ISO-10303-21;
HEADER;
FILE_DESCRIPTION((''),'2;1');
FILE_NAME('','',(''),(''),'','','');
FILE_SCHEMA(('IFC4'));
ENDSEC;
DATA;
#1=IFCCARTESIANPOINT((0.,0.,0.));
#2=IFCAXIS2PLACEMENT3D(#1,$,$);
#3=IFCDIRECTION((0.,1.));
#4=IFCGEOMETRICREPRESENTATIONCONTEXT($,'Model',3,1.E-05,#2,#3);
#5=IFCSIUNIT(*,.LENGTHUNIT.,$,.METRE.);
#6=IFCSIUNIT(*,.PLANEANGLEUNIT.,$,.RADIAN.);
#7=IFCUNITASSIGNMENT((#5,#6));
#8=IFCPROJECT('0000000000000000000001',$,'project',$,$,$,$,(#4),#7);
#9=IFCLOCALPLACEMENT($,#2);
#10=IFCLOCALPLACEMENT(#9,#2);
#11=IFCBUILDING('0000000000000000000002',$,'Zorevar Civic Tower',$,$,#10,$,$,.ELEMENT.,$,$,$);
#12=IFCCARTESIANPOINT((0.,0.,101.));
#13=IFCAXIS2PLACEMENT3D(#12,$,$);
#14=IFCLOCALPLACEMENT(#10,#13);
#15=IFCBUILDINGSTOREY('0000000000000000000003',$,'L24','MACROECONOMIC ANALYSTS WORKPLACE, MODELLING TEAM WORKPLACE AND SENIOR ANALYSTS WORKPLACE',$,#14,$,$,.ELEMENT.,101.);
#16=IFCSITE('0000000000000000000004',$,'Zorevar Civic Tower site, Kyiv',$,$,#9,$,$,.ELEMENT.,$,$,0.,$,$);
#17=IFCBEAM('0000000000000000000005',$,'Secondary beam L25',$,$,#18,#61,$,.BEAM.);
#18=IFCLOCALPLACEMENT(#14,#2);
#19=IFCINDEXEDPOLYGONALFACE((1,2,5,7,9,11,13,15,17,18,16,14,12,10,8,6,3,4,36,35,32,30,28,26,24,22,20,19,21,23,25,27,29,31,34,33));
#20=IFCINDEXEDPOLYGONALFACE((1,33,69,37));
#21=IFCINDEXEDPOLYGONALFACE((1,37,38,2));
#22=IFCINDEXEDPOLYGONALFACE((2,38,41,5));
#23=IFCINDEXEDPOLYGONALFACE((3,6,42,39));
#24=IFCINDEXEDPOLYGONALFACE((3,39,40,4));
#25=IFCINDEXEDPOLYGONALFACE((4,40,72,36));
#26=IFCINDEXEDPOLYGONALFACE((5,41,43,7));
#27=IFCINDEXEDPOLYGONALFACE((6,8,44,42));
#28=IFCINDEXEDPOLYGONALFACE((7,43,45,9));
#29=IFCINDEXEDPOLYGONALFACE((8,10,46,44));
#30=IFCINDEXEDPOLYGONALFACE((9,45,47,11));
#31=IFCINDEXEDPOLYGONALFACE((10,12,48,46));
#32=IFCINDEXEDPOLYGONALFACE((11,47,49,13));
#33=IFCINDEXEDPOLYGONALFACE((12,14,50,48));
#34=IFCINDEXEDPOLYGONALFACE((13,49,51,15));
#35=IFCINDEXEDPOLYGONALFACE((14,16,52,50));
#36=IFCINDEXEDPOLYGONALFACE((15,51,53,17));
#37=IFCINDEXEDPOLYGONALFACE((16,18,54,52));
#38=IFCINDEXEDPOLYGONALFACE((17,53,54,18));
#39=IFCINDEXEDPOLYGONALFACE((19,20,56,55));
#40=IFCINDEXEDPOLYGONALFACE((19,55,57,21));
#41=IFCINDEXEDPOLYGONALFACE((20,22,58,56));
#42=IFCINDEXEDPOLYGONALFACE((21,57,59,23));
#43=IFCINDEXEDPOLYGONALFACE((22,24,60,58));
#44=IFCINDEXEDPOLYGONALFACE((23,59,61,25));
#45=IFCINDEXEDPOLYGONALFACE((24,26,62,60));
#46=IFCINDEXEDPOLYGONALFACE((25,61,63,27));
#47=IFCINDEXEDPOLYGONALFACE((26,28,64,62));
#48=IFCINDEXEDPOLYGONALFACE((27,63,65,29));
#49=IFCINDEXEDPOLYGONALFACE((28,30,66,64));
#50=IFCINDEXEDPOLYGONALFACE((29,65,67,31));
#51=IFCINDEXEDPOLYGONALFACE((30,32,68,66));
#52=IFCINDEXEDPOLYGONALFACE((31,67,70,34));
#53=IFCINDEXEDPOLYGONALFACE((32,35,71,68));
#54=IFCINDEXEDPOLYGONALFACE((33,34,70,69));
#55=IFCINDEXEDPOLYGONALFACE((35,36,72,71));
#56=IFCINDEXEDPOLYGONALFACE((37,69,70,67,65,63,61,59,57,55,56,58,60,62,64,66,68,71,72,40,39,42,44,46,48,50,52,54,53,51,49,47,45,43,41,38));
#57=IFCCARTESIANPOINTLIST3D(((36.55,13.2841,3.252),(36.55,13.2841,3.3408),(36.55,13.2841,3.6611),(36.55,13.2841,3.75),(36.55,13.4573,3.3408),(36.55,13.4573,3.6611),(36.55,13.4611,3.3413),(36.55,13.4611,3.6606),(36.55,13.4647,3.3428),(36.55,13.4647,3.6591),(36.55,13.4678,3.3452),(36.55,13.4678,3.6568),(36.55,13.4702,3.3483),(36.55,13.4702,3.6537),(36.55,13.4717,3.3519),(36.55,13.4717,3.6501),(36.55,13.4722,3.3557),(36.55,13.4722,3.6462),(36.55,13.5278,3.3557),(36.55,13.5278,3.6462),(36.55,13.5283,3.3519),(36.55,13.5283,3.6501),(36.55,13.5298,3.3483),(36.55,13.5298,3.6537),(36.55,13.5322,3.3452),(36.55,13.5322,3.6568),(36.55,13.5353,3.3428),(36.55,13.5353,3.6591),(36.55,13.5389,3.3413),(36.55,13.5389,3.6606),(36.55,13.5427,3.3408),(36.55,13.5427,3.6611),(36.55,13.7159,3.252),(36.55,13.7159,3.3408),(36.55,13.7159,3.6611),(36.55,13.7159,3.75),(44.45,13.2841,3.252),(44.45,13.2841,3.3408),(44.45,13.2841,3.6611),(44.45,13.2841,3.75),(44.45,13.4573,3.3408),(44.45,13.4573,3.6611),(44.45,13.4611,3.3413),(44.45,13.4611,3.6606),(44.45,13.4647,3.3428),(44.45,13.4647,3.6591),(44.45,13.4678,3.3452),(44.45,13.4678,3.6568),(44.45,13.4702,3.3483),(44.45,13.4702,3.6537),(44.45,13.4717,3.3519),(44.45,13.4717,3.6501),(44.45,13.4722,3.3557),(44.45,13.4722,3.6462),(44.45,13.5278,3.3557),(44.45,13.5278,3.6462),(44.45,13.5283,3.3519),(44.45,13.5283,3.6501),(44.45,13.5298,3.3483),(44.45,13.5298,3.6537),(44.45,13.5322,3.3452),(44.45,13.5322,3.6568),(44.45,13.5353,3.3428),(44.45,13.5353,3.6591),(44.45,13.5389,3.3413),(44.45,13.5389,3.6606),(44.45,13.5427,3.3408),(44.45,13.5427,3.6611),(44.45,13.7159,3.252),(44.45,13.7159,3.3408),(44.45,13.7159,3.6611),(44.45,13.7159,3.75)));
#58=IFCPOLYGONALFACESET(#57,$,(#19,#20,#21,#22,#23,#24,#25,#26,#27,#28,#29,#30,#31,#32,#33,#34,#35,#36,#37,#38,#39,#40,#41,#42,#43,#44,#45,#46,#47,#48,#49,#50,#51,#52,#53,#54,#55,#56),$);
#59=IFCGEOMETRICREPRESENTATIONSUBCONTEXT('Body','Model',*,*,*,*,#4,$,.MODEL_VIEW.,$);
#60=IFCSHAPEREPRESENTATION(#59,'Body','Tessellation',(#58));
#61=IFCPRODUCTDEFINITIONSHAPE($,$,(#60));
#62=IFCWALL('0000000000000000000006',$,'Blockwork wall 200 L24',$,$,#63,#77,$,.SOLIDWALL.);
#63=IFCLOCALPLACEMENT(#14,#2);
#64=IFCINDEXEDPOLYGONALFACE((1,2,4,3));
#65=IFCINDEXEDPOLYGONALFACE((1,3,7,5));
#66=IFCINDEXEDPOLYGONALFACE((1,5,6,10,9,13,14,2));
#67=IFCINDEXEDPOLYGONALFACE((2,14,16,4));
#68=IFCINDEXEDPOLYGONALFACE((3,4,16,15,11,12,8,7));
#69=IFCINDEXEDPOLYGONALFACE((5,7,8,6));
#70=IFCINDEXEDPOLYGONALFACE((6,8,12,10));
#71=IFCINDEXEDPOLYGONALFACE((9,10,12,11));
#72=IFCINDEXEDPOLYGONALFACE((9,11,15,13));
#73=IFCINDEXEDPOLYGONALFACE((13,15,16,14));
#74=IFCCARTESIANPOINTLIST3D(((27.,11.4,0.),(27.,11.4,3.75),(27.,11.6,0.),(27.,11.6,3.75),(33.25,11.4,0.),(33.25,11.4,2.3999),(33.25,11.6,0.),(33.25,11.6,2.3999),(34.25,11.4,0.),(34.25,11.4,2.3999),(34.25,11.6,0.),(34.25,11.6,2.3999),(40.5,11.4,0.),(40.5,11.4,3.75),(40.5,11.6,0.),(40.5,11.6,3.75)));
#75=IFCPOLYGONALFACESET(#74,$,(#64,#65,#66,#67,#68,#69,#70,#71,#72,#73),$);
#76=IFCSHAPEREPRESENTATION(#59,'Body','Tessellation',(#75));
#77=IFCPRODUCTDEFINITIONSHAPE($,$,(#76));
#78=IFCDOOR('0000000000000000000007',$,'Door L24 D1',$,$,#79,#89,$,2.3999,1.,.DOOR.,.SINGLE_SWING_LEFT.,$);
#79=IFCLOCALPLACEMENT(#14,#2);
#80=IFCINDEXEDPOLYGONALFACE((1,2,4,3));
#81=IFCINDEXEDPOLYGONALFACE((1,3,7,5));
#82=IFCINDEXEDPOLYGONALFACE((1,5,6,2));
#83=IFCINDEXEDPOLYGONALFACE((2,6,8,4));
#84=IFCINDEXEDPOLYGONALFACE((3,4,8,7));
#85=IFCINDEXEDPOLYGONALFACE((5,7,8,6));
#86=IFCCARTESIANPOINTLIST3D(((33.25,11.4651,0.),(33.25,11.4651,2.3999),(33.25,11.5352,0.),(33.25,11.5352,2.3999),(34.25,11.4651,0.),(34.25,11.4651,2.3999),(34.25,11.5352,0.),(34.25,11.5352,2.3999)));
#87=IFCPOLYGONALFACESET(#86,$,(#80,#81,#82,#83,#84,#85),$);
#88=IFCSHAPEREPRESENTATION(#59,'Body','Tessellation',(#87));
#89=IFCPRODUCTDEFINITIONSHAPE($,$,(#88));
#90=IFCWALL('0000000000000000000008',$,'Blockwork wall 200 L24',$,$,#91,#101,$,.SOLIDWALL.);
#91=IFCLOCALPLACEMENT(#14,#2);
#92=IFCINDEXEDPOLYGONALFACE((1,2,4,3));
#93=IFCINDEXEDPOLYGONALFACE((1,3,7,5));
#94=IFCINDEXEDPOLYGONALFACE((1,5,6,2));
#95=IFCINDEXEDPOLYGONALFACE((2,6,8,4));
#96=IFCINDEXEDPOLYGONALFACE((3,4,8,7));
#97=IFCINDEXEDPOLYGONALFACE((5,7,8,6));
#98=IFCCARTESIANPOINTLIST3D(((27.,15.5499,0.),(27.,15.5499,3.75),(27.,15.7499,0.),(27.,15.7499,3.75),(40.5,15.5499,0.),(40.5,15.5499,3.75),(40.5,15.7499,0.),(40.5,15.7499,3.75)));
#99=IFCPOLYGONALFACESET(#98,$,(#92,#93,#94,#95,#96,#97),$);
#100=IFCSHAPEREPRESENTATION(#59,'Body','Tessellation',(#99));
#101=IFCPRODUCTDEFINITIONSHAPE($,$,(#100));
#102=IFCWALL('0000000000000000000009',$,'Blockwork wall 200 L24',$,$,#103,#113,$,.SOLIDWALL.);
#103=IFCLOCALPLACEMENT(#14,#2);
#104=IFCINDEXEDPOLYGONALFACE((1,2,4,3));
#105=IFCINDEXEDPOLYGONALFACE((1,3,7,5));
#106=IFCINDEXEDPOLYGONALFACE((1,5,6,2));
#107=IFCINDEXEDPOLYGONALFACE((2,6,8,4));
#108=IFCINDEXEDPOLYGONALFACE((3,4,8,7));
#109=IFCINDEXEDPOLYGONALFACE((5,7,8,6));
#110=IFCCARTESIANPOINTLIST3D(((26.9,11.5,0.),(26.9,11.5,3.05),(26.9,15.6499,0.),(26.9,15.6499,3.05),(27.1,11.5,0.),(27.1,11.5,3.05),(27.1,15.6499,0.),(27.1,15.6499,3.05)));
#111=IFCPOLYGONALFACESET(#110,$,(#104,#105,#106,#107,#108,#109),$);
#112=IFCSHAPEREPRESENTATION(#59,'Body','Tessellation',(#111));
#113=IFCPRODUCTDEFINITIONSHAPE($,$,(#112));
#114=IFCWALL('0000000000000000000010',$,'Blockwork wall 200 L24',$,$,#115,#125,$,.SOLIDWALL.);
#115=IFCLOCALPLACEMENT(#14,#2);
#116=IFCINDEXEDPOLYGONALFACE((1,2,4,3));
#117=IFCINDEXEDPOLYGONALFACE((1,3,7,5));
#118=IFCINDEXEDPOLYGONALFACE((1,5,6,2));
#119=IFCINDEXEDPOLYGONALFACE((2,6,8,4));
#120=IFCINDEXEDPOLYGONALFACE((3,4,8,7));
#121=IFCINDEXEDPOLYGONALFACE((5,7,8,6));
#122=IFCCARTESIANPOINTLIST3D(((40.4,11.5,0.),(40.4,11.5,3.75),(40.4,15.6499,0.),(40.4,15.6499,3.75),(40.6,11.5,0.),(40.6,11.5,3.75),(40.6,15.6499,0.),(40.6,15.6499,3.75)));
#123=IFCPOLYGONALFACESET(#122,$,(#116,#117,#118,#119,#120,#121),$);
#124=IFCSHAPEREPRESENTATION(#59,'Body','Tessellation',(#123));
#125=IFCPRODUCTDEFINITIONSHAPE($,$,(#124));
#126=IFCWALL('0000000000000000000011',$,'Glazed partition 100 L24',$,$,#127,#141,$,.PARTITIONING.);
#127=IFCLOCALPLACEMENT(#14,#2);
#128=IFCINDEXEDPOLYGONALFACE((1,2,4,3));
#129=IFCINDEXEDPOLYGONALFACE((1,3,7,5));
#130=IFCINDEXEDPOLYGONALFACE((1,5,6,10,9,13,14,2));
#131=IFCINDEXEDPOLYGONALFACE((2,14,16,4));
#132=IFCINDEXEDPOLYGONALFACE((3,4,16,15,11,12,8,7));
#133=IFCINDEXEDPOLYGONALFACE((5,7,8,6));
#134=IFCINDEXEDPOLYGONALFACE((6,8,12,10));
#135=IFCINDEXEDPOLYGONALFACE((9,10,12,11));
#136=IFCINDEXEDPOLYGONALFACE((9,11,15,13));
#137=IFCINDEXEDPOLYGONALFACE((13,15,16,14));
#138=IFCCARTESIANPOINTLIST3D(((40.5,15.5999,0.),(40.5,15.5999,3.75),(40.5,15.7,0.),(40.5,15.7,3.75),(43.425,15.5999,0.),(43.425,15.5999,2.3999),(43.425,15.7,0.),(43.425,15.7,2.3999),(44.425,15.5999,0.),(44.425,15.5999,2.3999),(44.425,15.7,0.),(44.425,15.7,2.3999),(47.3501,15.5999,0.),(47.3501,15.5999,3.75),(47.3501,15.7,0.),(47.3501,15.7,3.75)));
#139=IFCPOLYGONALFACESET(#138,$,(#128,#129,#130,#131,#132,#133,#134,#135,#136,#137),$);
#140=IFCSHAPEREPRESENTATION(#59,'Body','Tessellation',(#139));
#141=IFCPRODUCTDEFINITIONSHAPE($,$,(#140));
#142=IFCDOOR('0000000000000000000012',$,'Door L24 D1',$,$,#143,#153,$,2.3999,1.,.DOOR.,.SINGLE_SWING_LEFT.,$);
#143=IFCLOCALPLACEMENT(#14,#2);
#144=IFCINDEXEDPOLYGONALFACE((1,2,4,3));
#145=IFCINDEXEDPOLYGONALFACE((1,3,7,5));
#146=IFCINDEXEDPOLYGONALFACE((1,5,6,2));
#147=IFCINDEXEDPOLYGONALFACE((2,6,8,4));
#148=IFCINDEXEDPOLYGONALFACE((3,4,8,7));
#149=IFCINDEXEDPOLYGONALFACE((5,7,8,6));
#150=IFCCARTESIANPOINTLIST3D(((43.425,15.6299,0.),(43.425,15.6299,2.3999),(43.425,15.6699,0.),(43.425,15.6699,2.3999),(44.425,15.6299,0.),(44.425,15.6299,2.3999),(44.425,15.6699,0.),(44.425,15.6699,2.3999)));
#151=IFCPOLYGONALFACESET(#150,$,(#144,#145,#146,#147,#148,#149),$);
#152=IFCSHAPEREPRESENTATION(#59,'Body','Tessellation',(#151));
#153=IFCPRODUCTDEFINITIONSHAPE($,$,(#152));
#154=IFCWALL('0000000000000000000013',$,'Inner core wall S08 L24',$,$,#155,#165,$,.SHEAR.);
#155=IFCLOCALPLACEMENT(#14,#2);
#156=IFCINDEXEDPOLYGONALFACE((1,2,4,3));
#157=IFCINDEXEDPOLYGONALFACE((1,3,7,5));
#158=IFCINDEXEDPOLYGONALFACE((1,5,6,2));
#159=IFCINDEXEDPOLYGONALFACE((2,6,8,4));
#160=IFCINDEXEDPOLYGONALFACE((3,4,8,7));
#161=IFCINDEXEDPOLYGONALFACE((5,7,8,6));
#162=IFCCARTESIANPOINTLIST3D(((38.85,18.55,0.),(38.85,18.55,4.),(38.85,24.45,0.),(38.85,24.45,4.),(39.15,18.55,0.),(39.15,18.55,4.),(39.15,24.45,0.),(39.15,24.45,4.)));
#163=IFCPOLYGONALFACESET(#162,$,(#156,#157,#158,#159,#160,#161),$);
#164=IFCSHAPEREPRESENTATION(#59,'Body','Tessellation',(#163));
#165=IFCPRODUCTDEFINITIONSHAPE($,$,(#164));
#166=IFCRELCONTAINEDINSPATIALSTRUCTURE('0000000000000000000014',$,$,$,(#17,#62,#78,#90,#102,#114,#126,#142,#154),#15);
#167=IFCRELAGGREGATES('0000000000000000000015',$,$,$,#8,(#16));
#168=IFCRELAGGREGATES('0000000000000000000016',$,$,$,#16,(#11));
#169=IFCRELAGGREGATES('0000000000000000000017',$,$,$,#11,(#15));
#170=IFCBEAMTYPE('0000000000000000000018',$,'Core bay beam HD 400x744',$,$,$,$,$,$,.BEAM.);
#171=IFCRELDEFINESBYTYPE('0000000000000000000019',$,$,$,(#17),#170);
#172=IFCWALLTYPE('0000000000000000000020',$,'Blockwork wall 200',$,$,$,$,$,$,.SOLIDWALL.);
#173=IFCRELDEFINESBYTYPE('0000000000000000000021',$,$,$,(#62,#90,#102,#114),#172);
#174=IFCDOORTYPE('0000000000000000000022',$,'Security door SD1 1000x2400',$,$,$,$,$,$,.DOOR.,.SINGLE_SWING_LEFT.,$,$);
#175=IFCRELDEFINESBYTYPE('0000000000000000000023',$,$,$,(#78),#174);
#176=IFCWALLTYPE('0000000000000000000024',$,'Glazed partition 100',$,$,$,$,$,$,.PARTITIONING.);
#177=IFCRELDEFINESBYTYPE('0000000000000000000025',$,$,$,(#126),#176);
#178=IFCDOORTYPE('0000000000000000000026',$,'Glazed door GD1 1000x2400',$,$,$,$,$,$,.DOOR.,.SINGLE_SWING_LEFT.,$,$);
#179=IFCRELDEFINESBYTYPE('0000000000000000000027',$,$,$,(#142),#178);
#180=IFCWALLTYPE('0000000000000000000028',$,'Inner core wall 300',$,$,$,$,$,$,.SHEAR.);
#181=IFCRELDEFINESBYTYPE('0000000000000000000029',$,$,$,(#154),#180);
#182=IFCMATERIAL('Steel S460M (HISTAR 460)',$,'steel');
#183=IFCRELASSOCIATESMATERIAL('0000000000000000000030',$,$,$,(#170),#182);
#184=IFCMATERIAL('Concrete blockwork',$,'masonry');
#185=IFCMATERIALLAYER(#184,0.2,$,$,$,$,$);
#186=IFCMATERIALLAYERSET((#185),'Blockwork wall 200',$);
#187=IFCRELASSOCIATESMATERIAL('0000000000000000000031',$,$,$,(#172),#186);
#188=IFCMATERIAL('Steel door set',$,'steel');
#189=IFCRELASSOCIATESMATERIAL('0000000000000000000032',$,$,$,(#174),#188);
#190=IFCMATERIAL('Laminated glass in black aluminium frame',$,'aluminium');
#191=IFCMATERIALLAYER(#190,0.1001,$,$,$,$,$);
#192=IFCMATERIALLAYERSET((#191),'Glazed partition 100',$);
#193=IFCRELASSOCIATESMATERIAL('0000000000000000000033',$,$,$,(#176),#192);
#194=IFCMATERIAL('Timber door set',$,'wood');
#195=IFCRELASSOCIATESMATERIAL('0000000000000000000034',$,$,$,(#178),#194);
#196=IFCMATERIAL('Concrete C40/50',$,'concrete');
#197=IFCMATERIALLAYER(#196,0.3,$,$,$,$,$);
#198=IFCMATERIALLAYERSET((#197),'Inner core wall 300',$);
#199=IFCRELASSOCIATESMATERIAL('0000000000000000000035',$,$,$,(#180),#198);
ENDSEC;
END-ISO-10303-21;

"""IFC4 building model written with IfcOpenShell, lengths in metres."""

from ifc_helpers import new_model, si_unit, direction, frame, frame_2d, origin, origin_2d, place, context, subcontext, project, spatial, rectangle, i_section, extrude, material, layer, layer_set, material_profile, profile_set, type_object, element, fill, save


model = new_model("IFC4")

# Units and contexts
model_context = context("Model", 3, precision=1e-05, world=origin(), true_north=direction((0.0, 1.0)))
body_context = subcontext(model_context, "Body", "Model", "MODEL_VIEW")
ifc_project = project(units=[si_unit("LENGTHUNIT", "METRE"), si_unit("PLANEANGLEUNIT", "RADIAN")], contexts=[model_context])

# Site, building, storey
site_placement = place(None, origin())
site = spatial("IfcSite", under=ifc_project, at=site_placement, Name="Zorevar Civic Tower site, Kyiv", CompositionType="ELEMENT", RefElevation=0.0)
building_placement = place(site_placement, origin())
building = spatial("IfcBuilding", under=site, at=building_placement, Name="Zorevar Civic Tower", CompositionType="ELEMENT")
storey_placement = place(building_placement, frame((0.0, 0.0, 101.0)))
storey = spatial("IfcBuildingStorey", under=building, at=storey_placement, Name="L24", Description="MACROECONOMIC ANALYSTS WORKPLACE, MODELLING TEAM WORKPLACE AND SENIOR ANALYSTS WORKPLACE", CompositionType="ELEMENT", Elevation=101.0)

# Beam
ifc_material_1 = material(Name="Steel S460M (HISTAR 460)", Category="steel")
ifc_material_profile_1 = material_profile(ifc_material_1, i_section(OverallWidth=0.4319, OverallDepth=0.498, WebThickness=0.0557, FlangeThickness=0.0889, FilletRadius=0.0149, at=origin_2d()), Name="HD 400x744")
ifc_profile_set_1 = profile_set([ifc_material_profile_1], Name="Steel S460M (HISTAR 460)")
beam_type_1 = type_object("IfcBeamType", Name="Core bay beam HD 400x744", PredefinedType="BEAM", material=ifc_profile_set_1)
for number, where, z_axis, x_axis, name in (
    (1, (36.55, 13.5, 3.501), (1.0, 0.0, 0.0), (0.0, 1.0, 0.0), "Secondary beam L25"),
):
    element("IfcBeam", number, at=place(storey_placement, frame(where, z_axis=z_axis, x_axis=x_axis)), inside=storey, type_object=beam_type_1, Name=name, PredefinedType="BEAM", context=body_context, shape_type="SweptSolid", body=[
        extrude(i_section(OverallWidth=0.4319, OverallDepth=0.498, WebThickness=0.0557, FlangeThickness=0.0889, FilletRadius=0.0149, at=origin_2d()), origin(), (0.0, 0.0, 1.0), 7.8999),
    ])

# Wall, opening, door
ifc_material_2 = material(Name="Concrete blockwork", Category="masonry")
ifc_layer_1 = layer(ifc_material_2, 0.2)
ifc_layer_set_1 = layer_set([ifc_layer_1], Name="Blockwork wall 200")
wall_type_1 = type_object("IfcWallType", Name="Blockwork wall 200", PredefinedType="SOLIDWALL", material=ifc_layer_set_1)
wall_1_placement = place(storey_placement, frame((27.0, 11.5, 0.0), z_axis=(0.0, 0.0, 1.0), x_axis=(1.0, 0.0, 0.0)))
wall_1 = element("IfcWall", 2, at=wall_1_placement, inside=storey, type_object=wall_type_1, Name="Blockwork wall 200 L24", PredefinedType="SOLIDWALL", context=body_context, shape_type="SweptSolid", body=[
    extrude(rectangle(XDim=13.5, YDim=0.2, at=frame_2d((6.75, 0.0))), origin(), (0.0, 0.0, 1.0), 3.75),
])
opening_1_placement = place(wall_1_placement, frame((6.25, 0.0, 0.0)))
opening_1 = element("IfcOpeningElement", 3, at=opening_1_placement, cuts=wall_1, PredefinedType="OPENING", context=body_context, shape_type="SweptSolid", body=[
    extrude(rectangle(XDim=1.0, YDim=2.3999, at=frame_2d((0.5, 1.2))), frame((0.0, 0.1099, 0.0), z_axis=(0.0, -1.0, 0.0), x_axis=(1.0, 0.0, 0.0)), (0.0, 0.0, 1.0), 0.22),
])
ifc_material_3 = material(Name="Steel door set", Category="steel")
door_type_1 = type_object("IfcDoorType", Name="Security door SD1 1000x2400", OperationType="SINGLE_SWING_LEFT", PredefinedType="DOOR", material=ifc_material_3)
door_1_placement = place(opening_1_placement, origin())
door_1 = element("IfcDoor", 4, at=door_1_placement, inside=storey, type_object=door_type_1, Name="Door L24 D1", OperationType="SINGLE_SWING_LEFT", OverallHeight=2.3999, OverallWidth=1.0, PredefinedType="DOOR", context=body_context, shape_type="SweptSolid", body=[
    extrude(rectangle(XDim=1.0, YDim=2.3999, at=frame_2d((0.5, 1.2))), frame((0.0, 0.0352, 0.0), z_axis=(0.0, -1.0, 0.0), x_axis=(1.0, 0.0, 0.0)), (0.0, 0.0, 1.0), 0.0701),
])
fill(opening_1, door_1)

# Walls
wall_2_placement = place(storey_placement, frame((27.0, 15.6499, 0.0), z_axis=(0.0, 0.0, 1.0), x_axis=(1.0, 0.0, 0.0)))
element("IfcWall", 5, at=wall_2_placement, inside=storey, type_object=wall_type_1, Name="Blockwork wall 200 L24", PredefinedType="SOLIDWALL", context=body_context, shape_type="SweptSolid", body=[
    extrude(rectangle(XDim=13.5, YDim=0.2, at=frame_2d((6.75, 0.0))), origin(), (0.0, 0.0, 1.0), 3.75),
])
wall_3_placement = place(storey_placement, frame((27.0, 11.5, 0.0), z_axis=(0.0, 0.0, 1.0), x_axis=(0.0, 1.0, 0.0)))
element("IfcWall", 6, at=wall_3_placement, inside=storey, type_object=wall_type_1, Name="Blockwork wall 200 L24", PredefinedType="SOLIDWALL", context=body_context, shape_type="SweptSolid", body=[
    extrude(rectangle(XDim=4.1499, YDim=0.2, at=frame_2d((2.075, 0.0))), origin(), (0.0, 0.0, 1.0), 3.05),
])
wall_4_placement = place(storey_placement, frame((40.5, 11.5, 0.0), z_axis=(0.0, 0.0, 1.0), x_axis=(0.0, 1.0, 0.0)))
element("IfcWall", 7, at=wall_4_placement, inside=storey, type_object=wall_type_1, Name="Blockwork wall 200 L24", PredefinedType="SOLIDWALL", context=body_context, shape_type="SweptSolid", body=[
    extrude(rectangle(XDim=4.1499, YDim=0.2, at=frame_2d((2.075, 0.0))), origin(), (0.0, 0.0, 1.0), 3.75),
])

# Wall, opening, door
ifc_material_4 = material(Name="Laminated glass in black aluminium frame", Category="aluminium")
ifc_layer_2 = layer(ifc_material_4, 0.1001)
ifc_layer_set_2 = layer_set([ifc_layer_2], Name="Glazed partition 100")
wall_type_2 = type_object("IfcWallType", Name="Glazed partition 100", PredefinedType="PARTITIONING", material=ifc_layer_set_2)
wall_5_placement = place(storey_placement, frame((40.5, 15.6499, 0.0), z_axis=(0.0, 0.0, 1.0), x_axis=(1.0, 0.0, 0.0)))
wall_5 = element("IfcWall", 8, at=wall_5_placement, inside=storey, type_object=wall_type_2, Name="Glazed partition 100 L24", PredefinedType="PARTITIONING", context=body_context, shape_type="SweptSolid", body=[
    extrude(rectangle(XDim=6.8501, YDim=0.1001, at=frame_2d((3.425, 0.0))), origin(), (0.0, 0.0, 1.0), 3.75),
])
opening_2_placement = place(wall_5_placement, frame((2.925, 0.0, 0.0)))
opening_2 = element("IfcOpeningElement", 9, at=opening_2_placement, cuts=wall_5, PredefinedType="OPENING", context=body_context, shape_type="SweptSolid", body=[
    extrude(rectangle(XDim=1.0, YDim=2.3999, at=frame_2d((0.5, 1.2))), frame((0.0, 0.0601, 0.0), z_axis=(0.0, -1.0, 0.0), x_axis=(1.0, 0.0, 0.0)), (0.0, 0.0, 1.0), 0.1201),
])
ifc_material_5 = material(Name="Timber door set", Category="wood")
door_type_2 = type_object("IfcDoorType", Name="Glazed door GD1 1000x2400", OperationType="SINGLE_SWING_LEFT", PredefinedType="DOOR", material=ifc_material_5)
door_2_placement = place(opening_2_placement, origin())
door_2 = element("IfcDoor", 10, at=door_2_placement, inside=storey, type_object=door_type_2, Name="Door L24 D1", OperationType="SINGLE_SWING_LEFT", OverallHeight=2.3999, OverallWidth=1.0, PredefinedType="DOOR", context=body_context, shape_type="SweptSolid", body=[
    extrude(rectangle(XDim=1.0, YDim=2.3999, at=frame_2d((0.5, 1.2))), frame((0.0, 0.02, 0.0), z_axis=(0.0, -1.0, 0.0), x_axis=(1.0, 0.0, 0.0)), (0.0, 0.0, 1.0), 0.04),
])
fill(opening_2, door_2)

# Wall
ifc_material_6 = material(Name="Concrete C40/50", Category="concrete")
ifc_layer_3 = layer(ifc_material_6, 0.3)
ifc_layer_set_3 = layer_set([ifc_layer_3], Name="Inner core wall 300")
wall_type_3 = type_object("IfcWallType", Name="Inner core wall 300", PredefinedType="SHEAR", material=ifc_layer_set_3)
wall_6_placement = place(storey_placement, frame((39.0, 18.55, 0.0), z_axis=(0.0, 0.0, 1.0), x_axis=(0.0, 1.0, 0.0)))
element("IfcWall", 11, at=wall_6_placement, inside=storey, type_object=wall_type_3, Name="Inner core wall S08 L24", PredefinedType="SHEAR", context=body_context, shape_type="SweptSolid", body=[
    extrude(rectangle(XDim=5.8999, YDim=0.3, at=frame_2d((2.95, 0.0))), origin(), (0.0, 0.0, 1.0), 4.0),
])

save(model, "model.ifc")
